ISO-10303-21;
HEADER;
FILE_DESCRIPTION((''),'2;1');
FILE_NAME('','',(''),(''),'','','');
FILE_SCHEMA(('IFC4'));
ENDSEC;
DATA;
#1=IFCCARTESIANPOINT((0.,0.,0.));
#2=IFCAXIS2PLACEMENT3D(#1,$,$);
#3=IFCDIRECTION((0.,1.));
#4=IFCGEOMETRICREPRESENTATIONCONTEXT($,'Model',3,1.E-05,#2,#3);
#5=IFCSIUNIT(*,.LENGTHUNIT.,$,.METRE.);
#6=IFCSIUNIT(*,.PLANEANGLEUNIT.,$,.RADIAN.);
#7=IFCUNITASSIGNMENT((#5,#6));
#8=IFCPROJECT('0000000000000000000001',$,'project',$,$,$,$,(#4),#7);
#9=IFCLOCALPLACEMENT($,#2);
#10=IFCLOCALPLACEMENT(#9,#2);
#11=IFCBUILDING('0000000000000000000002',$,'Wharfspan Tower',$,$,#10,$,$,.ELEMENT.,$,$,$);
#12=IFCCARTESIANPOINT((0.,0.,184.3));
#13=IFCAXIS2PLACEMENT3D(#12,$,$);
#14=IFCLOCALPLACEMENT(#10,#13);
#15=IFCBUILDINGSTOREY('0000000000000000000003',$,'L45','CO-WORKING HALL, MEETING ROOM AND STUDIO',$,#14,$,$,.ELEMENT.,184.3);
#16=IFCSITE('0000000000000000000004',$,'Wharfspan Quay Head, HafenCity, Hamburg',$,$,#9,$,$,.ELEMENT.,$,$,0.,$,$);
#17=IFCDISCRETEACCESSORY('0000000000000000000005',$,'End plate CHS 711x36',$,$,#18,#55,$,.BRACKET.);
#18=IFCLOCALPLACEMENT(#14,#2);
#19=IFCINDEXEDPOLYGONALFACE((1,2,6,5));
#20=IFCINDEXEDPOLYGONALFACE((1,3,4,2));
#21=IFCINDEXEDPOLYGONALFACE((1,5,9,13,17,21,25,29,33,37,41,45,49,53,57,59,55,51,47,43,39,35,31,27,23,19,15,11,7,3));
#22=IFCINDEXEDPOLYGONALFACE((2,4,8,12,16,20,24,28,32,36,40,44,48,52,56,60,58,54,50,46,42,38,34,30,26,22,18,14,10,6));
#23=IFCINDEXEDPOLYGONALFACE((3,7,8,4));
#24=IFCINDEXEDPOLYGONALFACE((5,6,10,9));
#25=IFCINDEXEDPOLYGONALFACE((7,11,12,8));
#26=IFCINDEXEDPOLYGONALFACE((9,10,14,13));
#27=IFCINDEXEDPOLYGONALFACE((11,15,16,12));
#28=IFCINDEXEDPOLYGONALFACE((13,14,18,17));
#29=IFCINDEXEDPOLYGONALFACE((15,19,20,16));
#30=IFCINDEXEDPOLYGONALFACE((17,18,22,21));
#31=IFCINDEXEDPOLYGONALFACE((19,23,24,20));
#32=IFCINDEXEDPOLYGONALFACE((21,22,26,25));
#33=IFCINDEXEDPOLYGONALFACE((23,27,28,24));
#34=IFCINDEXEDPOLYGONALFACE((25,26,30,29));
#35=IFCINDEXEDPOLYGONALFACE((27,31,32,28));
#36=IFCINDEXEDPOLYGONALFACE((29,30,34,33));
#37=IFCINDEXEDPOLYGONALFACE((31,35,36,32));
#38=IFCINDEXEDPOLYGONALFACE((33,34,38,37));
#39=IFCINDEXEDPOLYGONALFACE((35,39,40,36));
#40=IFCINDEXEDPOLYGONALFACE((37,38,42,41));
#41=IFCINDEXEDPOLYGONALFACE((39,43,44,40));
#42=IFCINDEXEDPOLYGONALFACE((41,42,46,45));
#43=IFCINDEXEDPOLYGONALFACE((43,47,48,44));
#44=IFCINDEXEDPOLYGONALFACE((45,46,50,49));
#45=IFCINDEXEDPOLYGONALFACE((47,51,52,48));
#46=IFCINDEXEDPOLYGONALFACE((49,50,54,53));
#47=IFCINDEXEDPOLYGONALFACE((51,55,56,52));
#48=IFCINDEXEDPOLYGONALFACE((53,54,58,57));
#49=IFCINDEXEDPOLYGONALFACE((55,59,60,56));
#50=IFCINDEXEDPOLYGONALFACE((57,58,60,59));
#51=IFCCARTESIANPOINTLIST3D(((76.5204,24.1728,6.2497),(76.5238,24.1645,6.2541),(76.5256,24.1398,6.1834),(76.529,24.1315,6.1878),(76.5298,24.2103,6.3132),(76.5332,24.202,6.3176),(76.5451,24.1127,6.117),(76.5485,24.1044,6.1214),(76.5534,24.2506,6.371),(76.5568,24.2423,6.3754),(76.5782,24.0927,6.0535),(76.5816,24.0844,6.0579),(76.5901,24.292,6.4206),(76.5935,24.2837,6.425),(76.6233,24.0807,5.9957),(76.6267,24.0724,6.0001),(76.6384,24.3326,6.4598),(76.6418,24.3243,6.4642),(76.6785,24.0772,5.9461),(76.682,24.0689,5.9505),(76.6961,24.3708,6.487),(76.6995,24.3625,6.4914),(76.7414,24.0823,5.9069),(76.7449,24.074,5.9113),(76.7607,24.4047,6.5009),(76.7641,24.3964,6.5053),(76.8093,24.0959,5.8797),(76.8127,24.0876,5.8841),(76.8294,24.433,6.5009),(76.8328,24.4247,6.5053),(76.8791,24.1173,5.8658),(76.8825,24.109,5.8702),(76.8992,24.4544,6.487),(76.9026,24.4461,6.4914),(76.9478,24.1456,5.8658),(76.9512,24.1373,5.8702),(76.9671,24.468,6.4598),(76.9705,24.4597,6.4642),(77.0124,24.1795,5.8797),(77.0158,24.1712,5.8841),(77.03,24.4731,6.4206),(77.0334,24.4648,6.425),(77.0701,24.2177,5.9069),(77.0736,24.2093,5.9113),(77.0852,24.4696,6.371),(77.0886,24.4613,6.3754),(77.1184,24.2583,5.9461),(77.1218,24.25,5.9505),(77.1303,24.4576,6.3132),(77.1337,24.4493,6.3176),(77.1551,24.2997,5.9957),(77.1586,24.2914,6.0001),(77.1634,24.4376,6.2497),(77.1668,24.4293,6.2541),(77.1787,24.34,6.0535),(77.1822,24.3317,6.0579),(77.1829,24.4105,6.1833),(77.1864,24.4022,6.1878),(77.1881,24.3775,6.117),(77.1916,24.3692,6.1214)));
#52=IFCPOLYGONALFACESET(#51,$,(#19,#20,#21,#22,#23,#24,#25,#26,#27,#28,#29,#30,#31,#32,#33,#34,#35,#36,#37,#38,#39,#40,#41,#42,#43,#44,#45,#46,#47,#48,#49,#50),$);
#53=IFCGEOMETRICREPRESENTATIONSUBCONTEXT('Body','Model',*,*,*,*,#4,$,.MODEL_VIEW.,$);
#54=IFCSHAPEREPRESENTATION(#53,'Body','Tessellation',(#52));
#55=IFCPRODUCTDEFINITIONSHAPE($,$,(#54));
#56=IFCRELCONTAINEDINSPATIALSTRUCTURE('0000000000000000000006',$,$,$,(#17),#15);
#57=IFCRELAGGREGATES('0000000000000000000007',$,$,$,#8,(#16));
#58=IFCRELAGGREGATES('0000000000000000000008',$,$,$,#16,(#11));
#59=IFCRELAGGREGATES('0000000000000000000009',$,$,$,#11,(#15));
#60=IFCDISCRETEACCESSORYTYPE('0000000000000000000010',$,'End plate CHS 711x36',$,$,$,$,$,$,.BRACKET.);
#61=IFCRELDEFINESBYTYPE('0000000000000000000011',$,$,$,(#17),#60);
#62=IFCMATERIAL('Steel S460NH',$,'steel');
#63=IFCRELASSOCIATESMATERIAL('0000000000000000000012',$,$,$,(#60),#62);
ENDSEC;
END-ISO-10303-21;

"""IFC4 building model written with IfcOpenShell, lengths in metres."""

from ifc_helpers import new_model, si_unit, direction, frame, origin, origin_2d, place, context, subcontext, project, spatial, circle, extrude, material, material_profile, profile_set, type_object, element, save


model = new_model("IFC4")

# Units and contexts
model_context = context("Model", 3, precision=1e-05, world=origin(), true_north=direction((0.0, 1.0)))
body_context = subcontext(model_context, "Body", "Model", "MODEL_VIEW")
ifc_project = project(units=[si_unit("LENGTHUNIT", "METRE"), si_unit("PLANEANGLEUNIT", "RADIAN")], contexts=[model_context])

# Site, building, storey
site_placement = place(None, origin())
site = spatial("IfcSite", under=ifc_project, at=site_placement, Name="Wharfspan Quay Head, HafenCity, Hamburg", CompositionType="ELEMENT", RefElevation=0.0)
building_placement = place(site_placement, origin())
building = spatial("IfcBuilding", under=site, at=building_placement, Name="Wharfspan Tower", CompositionType="ELEMENT")
storey_placement = place(building_placement, frame((0.0, 0.0, 184.3)))
storey = spatial("IfcBuildingStorey", under=building, at=storey_placement, Name="L45", Description="CO-WORKING HALL, MEETING ROOM AND STUDIO", CompositionType="ELEMENT", Elevation=184.3)

# Shared definitions
ifc_material_1 = material(Name="Steel S460NH", Category="steel")

# Discrete accessory
ifc_material_profile_1 = material_profile(ifc_material_1, circle(Radius=0.3555, at=origin_2d()))
ifc_profile_set_1 = profile_set([ifc_material_profile_1], Name="Steel S460NH")
discrete_accessory_type = type_object("IfcDiscreteAccessoryType", Name="End plate CHS 711x36", PredefinedType="BRACKET", material=ifc_profile_set_1)
for number, where, z_axis, x_axis, name in (
    (1, (76.8542, 24.2751, 6.1833), (0.341972, -0.830504, 0.439679), (0.924678, 0.380749, -0.000001), "End plate CHS 711x36"),
):
    element("IfcDiscreteAccessory", number, at=place(storey_placement, frame(where, z_axis=z_axis, x_axis=x_axis)), inside=storey, type_object=discrete_accessory_type, Name=name, PredefinedType="BRACKET", context=body_context, shape_type="SweptSolid", body=[
        extrude(circle(Radius=0.3555, at=origin_2d()), origin(), (0.0, 0.0, 1.0), 0.01),
    ])

save(model, "model.ifc")
